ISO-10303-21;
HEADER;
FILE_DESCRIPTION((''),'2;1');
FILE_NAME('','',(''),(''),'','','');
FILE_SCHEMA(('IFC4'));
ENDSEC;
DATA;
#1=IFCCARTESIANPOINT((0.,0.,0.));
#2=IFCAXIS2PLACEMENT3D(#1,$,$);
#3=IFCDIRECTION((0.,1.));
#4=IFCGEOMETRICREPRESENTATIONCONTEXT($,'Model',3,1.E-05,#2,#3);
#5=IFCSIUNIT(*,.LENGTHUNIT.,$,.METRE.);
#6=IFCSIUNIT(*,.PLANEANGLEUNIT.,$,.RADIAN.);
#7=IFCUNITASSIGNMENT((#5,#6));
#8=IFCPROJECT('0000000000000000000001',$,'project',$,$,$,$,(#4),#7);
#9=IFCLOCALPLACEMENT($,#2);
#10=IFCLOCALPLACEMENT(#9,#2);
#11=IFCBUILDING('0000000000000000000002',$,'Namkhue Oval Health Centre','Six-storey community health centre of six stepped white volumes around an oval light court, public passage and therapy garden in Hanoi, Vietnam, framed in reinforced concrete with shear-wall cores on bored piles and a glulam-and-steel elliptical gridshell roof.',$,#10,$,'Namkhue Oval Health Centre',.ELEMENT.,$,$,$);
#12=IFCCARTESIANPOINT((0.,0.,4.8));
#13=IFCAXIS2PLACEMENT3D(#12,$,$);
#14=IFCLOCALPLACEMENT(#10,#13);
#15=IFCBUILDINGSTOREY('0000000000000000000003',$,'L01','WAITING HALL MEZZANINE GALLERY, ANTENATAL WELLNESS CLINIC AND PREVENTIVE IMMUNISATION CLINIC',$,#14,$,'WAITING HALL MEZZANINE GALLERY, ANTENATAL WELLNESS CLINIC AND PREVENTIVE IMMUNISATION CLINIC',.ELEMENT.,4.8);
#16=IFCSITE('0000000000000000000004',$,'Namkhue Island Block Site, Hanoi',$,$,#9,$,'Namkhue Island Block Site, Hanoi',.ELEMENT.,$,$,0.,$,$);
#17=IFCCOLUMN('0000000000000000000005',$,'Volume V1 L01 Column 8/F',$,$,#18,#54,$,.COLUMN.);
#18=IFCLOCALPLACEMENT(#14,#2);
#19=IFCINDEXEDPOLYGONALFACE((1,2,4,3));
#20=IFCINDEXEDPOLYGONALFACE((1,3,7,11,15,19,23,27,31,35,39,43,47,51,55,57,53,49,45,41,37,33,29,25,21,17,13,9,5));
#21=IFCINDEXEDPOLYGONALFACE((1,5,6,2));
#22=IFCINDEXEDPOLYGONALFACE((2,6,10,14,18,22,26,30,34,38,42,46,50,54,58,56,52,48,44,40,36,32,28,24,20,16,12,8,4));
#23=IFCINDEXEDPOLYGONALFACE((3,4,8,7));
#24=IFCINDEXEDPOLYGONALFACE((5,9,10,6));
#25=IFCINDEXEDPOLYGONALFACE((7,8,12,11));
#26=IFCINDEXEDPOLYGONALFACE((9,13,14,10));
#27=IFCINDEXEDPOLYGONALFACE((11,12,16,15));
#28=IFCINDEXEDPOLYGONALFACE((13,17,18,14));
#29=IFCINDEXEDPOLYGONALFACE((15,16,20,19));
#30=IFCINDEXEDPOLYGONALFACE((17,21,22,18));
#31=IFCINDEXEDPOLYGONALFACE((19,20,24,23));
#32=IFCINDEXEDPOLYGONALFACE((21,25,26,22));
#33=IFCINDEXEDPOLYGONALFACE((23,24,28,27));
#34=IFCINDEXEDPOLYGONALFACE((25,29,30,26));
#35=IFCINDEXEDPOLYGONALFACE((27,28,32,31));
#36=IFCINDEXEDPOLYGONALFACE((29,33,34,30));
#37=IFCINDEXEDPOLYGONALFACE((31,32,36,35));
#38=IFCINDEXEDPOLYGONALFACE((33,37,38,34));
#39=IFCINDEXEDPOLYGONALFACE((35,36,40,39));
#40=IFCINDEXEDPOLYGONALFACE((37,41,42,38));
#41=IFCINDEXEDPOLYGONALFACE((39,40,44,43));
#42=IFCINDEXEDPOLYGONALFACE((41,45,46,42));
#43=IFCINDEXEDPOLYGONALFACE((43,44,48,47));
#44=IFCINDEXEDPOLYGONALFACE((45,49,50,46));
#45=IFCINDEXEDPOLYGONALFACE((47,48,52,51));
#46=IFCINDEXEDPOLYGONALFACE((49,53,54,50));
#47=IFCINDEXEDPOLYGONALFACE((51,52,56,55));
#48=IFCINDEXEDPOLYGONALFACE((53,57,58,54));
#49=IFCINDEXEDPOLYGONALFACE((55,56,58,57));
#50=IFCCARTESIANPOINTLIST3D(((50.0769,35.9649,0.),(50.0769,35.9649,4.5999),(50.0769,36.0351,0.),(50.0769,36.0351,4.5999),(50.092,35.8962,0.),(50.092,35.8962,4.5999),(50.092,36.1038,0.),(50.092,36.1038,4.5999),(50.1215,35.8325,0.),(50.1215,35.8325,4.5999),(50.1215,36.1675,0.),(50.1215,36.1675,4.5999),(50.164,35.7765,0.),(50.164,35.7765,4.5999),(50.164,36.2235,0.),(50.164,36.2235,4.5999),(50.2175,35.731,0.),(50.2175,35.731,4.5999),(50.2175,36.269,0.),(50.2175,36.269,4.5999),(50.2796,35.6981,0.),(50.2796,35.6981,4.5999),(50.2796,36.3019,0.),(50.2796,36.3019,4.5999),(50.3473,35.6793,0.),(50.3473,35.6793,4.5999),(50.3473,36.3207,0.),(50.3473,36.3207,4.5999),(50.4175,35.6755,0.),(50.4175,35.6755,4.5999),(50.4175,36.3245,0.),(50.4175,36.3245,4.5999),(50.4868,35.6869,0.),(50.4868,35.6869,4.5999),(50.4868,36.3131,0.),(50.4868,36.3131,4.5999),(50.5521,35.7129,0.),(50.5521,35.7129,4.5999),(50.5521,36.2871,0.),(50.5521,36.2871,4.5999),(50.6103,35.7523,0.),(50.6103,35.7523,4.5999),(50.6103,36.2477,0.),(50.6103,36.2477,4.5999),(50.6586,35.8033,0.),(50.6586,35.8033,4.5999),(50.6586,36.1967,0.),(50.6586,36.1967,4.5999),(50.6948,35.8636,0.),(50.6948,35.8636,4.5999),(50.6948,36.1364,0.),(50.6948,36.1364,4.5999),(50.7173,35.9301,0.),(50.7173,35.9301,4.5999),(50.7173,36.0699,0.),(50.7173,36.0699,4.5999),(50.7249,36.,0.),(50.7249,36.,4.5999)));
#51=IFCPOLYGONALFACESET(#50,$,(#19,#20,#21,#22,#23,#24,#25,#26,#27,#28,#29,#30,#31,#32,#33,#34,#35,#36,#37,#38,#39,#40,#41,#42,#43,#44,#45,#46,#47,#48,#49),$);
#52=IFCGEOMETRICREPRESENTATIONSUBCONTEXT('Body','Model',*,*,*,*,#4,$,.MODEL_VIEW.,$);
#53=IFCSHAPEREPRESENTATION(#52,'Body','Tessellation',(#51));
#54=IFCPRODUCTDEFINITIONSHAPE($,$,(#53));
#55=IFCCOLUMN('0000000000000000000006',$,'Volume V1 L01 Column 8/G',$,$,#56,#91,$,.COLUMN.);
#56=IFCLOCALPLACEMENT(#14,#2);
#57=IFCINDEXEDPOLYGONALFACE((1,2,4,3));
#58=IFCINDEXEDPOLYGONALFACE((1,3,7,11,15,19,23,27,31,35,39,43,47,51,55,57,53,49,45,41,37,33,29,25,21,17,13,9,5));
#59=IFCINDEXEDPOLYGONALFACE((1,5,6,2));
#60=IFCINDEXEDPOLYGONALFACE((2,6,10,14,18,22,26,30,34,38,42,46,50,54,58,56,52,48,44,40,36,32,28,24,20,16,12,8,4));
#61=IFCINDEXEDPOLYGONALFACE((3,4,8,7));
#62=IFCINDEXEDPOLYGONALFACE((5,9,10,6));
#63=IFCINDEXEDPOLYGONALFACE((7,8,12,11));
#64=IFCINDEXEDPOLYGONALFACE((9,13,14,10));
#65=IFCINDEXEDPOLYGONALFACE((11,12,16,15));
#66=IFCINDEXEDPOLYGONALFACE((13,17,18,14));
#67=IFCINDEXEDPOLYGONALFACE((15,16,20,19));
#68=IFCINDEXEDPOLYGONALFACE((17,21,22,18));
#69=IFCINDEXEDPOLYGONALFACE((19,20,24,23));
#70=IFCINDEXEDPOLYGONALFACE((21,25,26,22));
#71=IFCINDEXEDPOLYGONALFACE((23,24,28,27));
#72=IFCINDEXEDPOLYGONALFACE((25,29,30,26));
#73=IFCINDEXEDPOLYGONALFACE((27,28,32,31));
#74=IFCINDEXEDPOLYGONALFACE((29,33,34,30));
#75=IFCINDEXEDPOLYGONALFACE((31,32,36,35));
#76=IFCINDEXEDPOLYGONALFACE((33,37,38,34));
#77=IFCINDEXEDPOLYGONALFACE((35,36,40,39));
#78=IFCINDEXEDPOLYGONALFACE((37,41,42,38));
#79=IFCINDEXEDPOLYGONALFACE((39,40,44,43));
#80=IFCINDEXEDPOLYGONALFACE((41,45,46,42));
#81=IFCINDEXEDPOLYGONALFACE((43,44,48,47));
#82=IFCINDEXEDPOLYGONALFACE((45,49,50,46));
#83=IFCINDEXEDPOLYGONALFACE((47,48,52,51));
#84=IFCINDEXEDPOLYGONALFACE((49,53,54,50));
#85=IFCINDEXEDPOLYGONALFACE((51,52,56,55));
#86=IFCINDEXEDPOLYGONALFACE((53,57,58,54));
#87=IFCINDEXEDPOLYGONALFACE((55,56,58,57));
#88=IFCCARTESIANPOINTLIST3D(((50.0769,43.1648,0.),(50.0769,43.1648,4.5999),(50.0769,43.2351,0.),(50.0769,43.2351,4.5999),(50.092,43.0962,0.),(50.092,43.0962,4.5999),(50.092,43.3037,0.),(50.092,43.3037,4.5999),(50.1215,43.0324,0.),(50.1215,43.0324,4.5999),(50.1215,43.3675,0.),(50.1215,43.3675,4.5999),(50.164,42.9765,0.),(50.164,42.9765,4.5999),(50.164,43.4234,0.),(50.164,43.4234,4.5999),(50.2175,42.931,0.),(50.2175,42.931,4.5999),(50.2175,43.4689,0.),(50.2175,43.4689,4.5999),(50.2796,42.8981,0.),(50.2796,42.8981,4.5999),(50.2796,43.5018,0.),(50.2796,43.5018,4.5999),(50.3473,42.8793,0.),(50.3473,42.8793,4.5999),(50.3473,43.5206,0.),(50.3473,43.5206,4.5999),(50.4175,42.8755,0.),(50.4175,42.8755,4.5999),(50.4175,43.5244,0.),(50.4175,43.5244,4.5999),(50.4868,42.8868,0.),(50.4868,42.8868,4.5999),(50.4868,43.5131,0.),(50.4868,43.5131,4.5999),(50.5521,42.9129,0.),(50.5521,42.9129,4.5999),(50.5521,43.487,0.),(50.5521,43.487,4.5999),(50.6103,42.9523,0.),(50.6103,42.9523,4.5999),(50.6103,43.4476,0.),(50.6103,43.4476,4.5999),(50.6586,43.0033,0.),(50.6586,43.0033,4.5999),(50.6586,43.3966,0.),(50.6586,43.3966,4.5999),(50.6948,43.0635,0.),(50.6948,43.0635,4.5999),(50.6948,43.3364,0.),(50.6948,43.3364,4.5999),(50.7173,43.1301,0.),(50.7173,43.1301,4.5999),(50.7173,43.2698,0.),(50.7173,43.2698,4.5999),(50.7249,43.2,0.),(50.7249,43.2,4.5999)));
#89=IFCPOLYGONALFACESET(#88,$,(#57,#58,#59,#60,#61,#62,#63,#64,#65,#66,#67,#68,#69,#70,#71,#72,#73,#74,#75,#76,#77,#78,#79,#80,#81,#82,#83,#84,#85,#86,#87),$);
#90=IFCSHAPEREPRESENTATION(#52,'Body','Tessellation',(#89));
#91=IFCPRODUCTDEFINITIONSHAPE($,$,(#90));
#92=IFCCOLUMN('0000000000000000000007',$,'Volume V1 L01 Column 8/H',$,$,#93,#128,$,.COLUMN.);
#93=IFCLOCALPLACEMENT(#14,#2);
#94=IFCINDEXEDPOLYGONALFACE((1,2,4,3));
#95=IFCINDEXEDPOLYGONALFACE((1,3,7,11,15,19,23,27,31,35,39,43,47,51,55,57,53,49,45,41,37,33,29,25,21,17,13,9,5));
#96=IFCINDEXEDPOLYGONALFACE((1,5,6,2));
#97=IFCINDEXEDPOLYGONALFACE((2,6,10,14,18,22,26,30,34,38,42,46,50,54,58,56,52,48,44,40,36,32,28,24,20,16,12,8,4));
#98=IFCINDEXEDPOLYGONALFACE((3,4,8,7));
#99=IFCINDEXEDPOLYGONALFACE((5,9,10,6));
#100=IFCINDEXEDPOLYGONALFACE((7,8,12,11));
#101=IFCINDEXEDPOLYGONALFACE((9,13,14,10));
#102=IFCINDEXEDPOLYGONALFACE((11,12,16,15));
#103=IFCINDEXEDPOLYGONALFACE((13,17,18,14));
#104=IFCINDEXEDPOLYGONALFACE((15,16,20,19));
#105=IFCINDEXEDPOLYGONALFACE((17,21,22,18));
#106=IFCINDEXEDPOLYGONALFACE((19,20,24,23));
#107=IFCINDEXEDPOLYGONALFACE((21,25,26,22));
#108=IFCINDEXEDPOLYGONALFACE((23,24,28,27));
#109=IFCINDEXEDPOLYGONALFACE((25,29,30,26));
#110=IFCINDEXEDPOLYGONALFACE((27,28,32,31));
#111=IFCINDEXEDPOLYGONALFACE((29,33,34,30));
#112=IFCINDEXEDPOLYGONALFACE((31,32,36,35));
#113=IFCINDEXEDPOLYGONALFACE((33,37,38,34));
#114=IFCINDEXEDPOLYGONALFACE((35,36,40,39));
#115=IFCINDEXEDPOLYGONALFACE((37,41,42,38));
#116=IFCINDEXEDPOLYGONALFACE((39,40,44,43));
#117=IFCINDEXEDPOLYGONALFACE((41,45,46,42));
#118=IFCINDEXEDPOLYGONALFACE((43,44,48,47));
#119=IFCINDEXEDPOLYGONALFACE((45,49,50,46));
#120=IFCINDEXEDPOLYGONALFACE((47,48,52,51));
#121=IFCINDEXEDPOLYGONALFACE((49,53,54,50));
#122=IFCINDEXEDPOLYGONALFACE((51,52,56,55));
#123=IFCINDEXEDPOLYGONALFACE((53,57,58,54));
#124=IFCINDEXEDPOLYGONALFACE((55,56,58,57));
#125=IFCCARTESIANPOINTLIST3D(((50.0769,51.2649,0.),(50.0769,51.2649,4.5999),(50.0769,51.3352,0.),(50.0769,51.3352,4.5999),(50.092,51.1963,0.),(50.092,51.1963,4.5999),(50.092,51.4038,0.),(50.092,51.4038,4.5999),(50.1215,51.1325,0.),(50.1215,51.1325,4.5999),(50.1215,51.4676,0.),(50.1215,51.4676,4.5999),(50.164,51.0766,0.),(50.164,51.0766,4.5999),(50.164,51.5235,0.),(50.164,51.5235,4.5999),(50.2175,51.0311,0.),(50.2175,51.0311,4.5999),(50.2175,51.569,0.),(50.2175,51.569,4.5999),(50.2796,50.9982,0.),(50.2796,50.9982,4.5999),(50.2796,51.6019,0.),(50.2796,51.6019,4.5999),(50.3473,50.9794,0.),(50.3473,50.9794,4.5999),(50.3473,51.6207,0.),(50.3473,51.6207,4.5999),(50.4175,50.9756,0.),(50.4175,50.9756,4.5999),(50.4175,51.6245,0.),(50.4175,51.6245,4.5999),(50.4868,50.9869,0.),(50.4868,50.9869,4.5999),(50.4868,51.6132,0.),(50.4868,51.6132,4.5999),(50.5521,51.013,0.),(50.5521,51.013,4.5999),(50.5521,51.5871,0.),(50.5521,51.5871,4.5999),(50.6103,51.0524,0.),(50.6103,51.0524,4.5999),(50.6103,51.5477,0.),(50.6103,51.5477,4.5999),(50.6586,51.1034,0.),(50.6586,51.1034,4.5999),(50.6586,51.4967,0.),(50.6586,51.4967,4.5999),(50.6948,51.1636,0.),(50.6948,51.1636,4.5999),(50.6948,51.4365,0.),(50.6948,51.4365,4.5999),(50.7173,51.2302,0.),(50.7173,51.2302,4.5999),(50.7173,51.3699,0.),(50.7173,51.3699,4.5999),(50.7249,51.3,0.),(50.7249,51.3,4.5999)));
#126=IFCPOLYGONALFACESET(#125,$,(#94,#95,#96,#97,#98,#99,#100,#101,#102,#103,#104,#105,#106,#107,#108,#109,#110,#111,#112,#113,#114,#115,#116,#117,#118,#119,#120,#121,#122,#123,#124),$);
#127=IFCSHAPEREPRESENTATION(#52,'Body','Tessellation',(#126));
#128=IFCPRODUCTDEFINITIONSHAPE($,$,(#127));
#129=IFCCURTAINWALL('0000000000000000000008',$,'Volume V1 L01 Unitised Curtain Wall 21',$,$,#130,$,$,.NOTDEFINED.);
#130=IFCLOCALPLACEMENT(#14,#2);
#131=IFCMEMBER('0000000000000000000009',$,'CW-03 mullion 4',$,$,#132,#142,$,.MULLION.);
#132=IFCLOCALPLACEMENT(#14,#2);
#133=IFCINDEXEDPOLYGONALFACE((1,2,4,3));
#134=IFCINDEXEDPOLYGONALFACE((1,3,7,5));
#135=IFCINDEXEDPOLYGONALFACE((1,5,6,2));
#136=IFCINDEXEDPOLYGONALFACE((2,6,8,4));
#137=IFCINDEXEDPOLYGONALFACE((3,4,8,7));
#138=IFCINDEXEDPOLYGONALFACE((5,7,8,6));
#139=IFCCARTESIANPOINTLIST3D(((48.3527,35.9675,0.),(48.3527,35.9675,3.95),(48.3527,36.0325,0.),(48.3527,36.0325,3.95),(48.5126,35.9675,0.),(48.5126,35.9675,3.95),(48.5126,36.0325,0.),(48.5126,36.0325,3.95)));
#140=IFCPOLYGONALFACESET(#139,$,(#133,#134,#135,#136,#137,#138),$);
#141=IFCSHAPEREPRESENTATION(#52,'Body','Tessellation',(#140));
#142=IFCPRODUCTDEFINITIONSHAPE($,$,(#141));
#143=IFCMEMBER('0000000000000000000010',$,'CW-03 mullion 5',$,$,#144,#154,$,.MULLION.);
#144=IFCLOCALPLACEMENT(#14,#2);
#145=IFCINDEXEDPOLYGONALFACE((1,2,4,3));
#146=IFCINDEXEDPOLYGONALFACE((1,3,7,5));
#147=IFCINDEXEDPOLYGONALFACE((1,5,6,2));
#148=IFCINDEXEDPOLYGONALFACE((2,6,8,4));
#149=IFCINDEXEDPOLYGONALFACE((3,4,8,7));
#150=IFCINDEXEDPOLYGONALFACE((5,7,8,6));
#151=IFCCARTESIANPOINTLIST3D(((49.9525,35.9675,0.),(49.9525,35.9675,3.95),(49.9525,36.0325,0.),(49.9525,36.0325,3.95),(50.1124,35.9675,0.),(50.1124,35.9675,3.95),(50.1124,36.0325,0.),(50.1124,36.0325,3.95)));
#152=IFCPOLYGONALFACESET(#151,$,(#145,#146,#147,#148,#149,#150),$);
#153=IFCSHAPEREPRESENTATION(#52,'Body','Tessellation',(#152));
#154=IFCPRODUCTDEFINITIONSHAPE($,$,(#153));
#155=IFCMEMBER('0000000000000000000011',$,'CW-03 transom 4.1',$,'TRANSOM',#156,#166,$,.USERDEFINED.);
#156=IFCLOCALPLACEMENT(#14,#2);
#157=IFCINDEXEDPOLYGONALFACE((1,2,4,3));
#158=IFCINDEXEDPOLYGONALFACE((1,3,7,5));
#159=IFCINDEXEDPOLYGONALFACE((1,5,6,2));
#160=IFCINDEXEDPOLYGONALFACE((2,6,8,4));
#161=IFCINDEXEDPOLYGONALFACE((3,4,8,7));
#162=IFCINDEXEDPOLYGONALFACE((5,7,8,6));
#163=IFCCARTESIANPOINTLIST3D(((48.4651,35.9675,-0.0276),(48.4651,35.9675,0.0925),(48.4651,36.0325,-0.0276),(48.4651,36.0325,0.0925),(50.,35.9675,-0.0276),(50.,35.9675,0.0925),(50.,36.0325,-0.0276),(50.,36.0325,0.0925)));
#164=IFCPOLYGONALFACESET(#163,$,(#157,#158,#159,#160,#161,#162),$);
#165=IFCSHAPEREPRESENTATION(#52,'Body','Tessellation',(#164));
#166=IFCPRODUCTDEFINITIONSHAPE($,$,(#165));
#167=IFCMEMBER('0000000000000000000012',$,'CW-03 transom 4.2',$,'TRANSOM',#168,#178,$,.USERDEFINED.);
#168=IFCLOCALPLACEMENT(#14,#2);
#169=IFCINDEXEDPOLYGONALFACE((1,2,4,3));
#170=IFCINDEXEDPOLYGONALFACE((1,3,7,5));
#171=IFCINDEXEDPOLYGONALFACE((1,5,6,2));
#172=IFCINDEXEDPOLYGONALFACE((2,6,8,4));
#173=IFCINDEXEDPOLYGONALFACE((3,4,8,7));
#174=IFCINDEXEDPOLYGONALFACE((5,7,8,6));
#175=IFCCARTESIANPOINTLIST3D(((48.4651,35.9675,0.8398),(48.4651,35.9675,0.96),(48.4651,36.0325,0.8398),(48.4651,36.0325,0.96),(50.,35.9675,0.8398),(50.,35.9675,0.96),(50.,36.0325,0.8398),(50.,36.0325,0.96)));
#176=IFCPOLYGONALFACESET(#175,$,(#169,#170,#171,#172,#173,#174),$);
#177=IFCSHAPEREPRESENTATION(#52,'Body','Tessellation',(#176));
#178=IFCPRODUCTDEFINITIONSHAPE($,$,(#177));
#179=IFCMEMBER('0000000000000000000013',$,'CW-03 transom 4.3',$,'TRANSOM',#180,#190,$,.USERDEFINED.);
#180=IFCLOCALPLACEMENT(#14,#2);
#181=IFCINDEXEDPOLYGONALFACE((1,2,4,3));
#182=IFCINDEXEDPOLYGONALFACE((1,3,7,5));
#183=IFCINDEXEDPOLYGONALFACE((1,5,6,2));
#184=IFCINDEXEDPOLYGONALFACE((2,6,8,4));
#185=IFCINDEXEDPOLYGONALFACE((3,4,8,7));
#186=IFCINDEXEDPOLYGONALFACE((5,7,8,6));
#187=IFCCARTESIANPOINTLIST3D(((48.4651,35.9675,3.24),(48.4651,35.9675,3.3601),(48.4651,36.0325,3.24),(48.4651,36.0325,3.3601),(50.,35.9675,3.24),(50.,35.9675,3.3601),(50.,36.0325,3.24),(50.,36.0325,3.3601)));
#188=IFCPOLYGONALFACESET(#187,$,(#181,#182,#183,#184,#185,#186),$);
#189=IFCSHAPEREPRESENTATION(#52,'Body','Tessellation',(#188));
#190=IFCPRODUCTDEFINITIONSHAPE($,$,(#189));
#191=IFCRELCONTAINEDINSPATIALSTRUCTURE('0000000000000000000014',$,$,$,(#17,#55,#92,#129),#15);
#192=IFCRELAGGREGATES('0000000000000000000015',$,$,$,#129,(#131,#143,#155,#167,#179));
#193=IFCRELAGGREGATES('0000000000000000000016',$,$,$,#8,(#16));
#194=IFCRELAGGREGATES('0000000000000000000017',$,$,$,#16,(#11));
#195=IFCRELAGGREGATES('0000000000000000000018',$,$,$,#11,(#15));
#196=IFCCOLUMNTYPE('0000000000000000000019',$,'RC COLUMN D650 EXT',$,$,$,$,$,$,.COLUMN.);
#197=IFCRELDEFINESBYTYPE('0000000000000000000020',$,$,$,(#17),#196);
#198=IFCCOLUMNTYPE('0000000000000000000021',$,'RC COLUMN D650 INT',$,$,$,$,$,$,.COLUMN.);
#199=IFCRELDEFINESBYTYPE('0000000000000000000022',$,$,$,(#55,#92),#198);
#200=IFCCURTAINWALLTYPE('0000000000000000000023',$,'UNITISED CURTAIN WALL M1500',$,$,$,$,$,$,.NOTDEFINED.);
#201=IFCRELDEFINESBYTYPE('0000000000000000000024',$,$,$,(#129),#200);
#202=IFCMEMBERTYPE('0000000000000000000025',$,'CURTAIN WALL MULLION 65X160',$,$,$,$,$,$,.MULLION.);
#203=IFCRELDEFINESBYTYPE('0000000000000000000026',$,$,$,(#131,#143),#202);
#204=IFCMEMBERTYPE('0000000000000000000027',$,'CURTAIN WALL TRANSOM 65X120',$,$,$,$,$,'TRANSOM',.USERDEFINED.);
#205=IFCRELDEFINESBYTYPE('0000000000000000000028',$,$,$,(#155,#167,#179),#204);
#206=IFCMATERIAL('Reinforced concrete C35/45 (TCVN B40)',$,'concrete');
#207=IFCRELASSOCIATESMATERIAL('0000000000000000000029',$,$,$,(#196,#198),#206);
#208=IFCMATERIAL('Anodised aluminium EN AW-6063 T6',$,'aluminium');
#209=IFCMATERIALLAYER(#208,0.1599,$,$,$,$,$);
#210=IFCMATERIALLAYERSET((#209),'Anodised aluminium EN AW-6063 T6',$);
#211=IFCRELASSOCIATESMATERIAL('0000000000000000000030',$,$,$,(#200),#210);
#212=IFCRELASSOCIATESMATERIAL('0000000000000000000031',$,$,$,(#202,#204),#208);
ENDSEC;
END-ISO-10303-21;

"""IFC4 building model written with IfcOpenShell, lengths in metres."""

from ifc_helpers import new_model, si_unit, direction, frame, origin, origin_2d, place, context, subcontext, project, spatial, rectangle, circle, extrude, material, layer, layer_set, material_profile, profile_set, type_object, element, aggregate, save


model = new_model("IFC4")

# Units and contexts
model_context = context("Model", 3, precision=1e-05, world=origin(), true_north=direction((0.0, 1.0)))
body_context = subcontext(model_context, "Body", "Model", "MODEL_VIEW")
ifc_project = project(units=[si_unit("LENGTHUNIT", "METRE"), si_unit("PLANEANGLEUNIT", "RADIAN")], contexts=[model_context])

# Site, building, storey
site_placement = place(None, origin())
site = spatial("IfcSite", under=ifc_project, at=site_placement, Name="Namkhue Island Block Site, Hanoi", LongName="Namkhue Island Block Site, Hanoi", CompositionType="ELEMENT", RefElevation=0.0)
building_placement = place(site_placement, origin())
building = spatial("IfcBuilding", under=site, at=building_placement, Name="Namkhue Oval Health Centre", Description="Six-storey community health centre of six stepped white volumes around an oval light court, public passage and therapy garden in Hanoi, Vietnam, framed in reinforced concrete with shear-wall cores on bored piles and a glulam-and-steel elliptical gridshell roof.", LongName="Namkhue Oval Health Centre", CompositionType="ELEMENT")
storey_placement = place(building_placement, frame((0.0, 0.0, 4.8)))
storey = spatial("IfcBuildingStorey", under=building, at=storey_placement, Name="L01", Description="WAITING HALL MEZZANINE GALLERY, ANTENATAL WELLNESS CLINIC AND PREVENTIVE IMMUNISATION CLINIC", LongName="WAITING HALL MEZZANINE GALLERY, ANTENATAL WELLNESS CLINIC AND PREVENTIVE IMMUNISATION CLINIC", CompositionType="ELEMENT", Elevation=4.8)

# Columns
ifc_material_1 = material(Name="Reinforced concrete C35/45 (TCVN B40)", Category="concrete")
ifc_material_profile_1 = material_profile(ifc_material_1, circle(Radius=0.325, at=origin_2d()), Name="RC D650")
ifc_profile_set_1 = profile_set([ifc_material_profile_1], Name="Reinforced concrete C35/45 (TCVN B40)")
column_type_1 = type_object("IfcColumnType", Name="RC COLUMN D650 EXT", PredefinedType="COLUMN", material=ifc_profile_set_1)
column_placement = place(storey_placement, frame((50.3999, 36.0, 0.0), z_axis=(0.0, 0.0, 1.0), x_axis=(1.0, 0.0, 0.0)))
element("IfcColumn", 1, at=column_placement, inside=storey, type_object=column_type_1, Name="Volume V1 L01 Column 8/F", PredefinedType="COLUMN", context=body_context, shape_type="SweptSolid", body=[
    extrude(circle(Radius=0.325, at=origin_2d()), origin(), (0.0, 0.0, 1.0), 4.5999),
])
ifc_material_profile_2 = material_profile(ifc_material_1, circle(Radius=0.325, at=origin_2d()), Name="RC D650")
ifc_profile_set_2 = profile_set([ifc_material_profile_2], Name="Reinforced concrete C35/45 (TCVN B40)")
column_type_2 = type_object("IfcColumnType", Name="RC COLUMN D650 INT", PredefinedType="COLUMN", material=ifc_profile_set_2)
for number, where, z_axis, x_axis, name in (
    (2, (50.3999, 43.2, 0.0), (0.0, 0.0, 1.0), (1.0, 0.0, 0.0), "Volume V1 L01 Column 8/G"),
    (3, (50.3999, 51.3, 0.0), (0.0, 0.0, 1.0), (1.0, 0.0, 0.0), "Volume V1 L01 Column 8/H"),
):
    element("IfcColumn", number, at=place(storey_placement, frame(where, z_axis=z_axis, x_axis=x_axis)), inside=storey, type_object=column_type_2, Name=name, PredefinedType="COLUMN", context=body_context, shape_type="SweptSolid", body=[
        extrude(circle(Radius=0.325, at=origin_2d()), origin(), (0.0, 0.0, 1.0), 4.5999),
    ])

# Curtain wall, members
ifc_material_2 = material(Name="Anodised aluminium EN AW-6063 T6", Category="aluminium")
ifc_layer_1 = layer(ifc_material_2, 0.1599)
ifc_layer_set_1 = layer_set([ifc_layer_1], Name="Anodised aluminium EN AW-6063 T6")
curtain_wall_type = type_object("IfcCurtainWallType", Name="UNITISED CURTAIN WALL M1500", PredefinedType="NOTDEFINED", material=ifc_layer_set_1)
curtain_wall_placement = place(storey_placement, origin())
curtain_wall = element("IfcCurtainWall", 4, at=curtain_wall_placement, inside=storey, type_object=curtain_wall_type, Name="Volume V1 L01 Unitised Curtain Wall 21", PredefinedType="NOTDEFINED")
ifc_material_profile_3 = material_profile(ifc_material_2, rectangle(XDim=0.0649, YDim=0.1599, at=origin_2d()), Name="ALU 65x160")
ifc_profile_set_3 = profile_set([ifc_material_profile_3], Name="Anodised aluminium EN AW-6063 T6")
member_type_1 = type_object("IfcMemberType", Name="CURTAIN WALL MULLION 65X160", PredefinedType="MULLION", material=ifc_profile_set_3)
member_1_placement = place(storey_placement, frame((48.4326, 36.0, 0.0), z_axis=(0.0, 0.0, 1.0), x_axis=(0.0, 1.0, 0.0)))
member_1 = element("IfcMember", 5, at=member_1_placement, type_object=member_type_1, Name="CW-03 mullion 4", PredefinedType="MULLION", context=body_context, shape_type="SweptSolid", body=[
    extrude(rectangle(XDim=0.0649, YDim=0.1599, at=origin_2d()), origin(), (0.0, 0.0, 1.0), 3.95),
])
member_2_placement = place(storey_placement, frame((50.0325, 36.0, 0.0), z_axis=(0.0, 0.0, 1.0), x_axis=(0.0, 1.0, 0.0)))
member_2 = element("IfcMember", 6, at=member_2_placement, type_object=member_type_1, Name="CW-03 mullion 5", PredefinedType="MULLION", context=body_context, shape_type="SweptSolid", body=[
    extrude(rectangle(XDim=0.0649, YDim=0.1599, at=origin_2d()), origin(), (0.0, 0.0, 1.0), 3.95),
])
ifc_material_profile_4 = material_profile(ifc_material_2, rectangle(XDim=0.0649, YDim=0.1201, at=origin_2d()), Name="ALU 65x120")
ifc_profile_set_4 = profile_set([ifc_material_profile_4], Name="Anodised aluminium EN AW-6063 T6")
member_type_2 = type_object("IfcMemberType", Name="CURTAIN WALL TRANSOM 65X120", ElementType="TRANSOM", PredefinedType="USERDEFINED", material=ifc_profile_set_4)
member_3_placement = place(storey_placement, frame((48.4651, 36.0, 0.0325), z_axis=(1.0, 0.0, 0.0), x_axis=(0.0, 1.0, 0.0)))
member_3 = element("IfcMember", 7, at=member_3_placement, type_object=member_type_2, Name="CW-03 transom 4.1", ObjectType="TRANSOM", PredefinedType="USERDEFINED", context=body_context, shape_type="SweptSolid", body=[
    extrude(rectangle(XDim=0.0649, YDim=0.1201, at=origin_2d()), origin(), (0.0, 0.0, 1.0), 1.5349),
])
member_4_placement = place(storey_placement, frame((48.4651, 36.0, 0.8999), z_axis=(1.0, 0.0, 0.0), x_axis=(0.0, 1.0, 0.0)))
member_4 = element("IfcMember", 8, at=member_4_placement, type_object=member_type_2, Name="CW-03 transom 4.2", ObjectType="TRANSOM", PredefinedType="USERDEFINED", context=body_context, shape_type="SweptSolid", body=[
    extrude(rectangle(XDim=0.0649, YDim=0.1201, at=origin_2d()), origin(), (0.0, 0.0, 1.0), 1.5349),
])
member_5_placement = place(storey_placement, frame((48.4651, 36.0, 3.3), z_axis=(1.0, 0.0, 0.0), x_axis=(0.0, 1.0, 0.0)))
member_5 = element("IfcMember", 9, at=member_5_placement, type_object=member_type_2, Name="CW-03 transom 4.3", ObjectType="TRANSOM", PredefinedType="USERDEFINED", context=body_context, shape_type="SweptSolid", body=[
    extrude(rectangle(XDim=0.0649, YDim=0.1201, at=origin_2d()), origin(), (0.0, 0.0, 1.0), 1.5349),
])

aggregate(curtain_wall, [member_1, member_2, member_3, member_4, member_5])

save(model, "model.ifc")
